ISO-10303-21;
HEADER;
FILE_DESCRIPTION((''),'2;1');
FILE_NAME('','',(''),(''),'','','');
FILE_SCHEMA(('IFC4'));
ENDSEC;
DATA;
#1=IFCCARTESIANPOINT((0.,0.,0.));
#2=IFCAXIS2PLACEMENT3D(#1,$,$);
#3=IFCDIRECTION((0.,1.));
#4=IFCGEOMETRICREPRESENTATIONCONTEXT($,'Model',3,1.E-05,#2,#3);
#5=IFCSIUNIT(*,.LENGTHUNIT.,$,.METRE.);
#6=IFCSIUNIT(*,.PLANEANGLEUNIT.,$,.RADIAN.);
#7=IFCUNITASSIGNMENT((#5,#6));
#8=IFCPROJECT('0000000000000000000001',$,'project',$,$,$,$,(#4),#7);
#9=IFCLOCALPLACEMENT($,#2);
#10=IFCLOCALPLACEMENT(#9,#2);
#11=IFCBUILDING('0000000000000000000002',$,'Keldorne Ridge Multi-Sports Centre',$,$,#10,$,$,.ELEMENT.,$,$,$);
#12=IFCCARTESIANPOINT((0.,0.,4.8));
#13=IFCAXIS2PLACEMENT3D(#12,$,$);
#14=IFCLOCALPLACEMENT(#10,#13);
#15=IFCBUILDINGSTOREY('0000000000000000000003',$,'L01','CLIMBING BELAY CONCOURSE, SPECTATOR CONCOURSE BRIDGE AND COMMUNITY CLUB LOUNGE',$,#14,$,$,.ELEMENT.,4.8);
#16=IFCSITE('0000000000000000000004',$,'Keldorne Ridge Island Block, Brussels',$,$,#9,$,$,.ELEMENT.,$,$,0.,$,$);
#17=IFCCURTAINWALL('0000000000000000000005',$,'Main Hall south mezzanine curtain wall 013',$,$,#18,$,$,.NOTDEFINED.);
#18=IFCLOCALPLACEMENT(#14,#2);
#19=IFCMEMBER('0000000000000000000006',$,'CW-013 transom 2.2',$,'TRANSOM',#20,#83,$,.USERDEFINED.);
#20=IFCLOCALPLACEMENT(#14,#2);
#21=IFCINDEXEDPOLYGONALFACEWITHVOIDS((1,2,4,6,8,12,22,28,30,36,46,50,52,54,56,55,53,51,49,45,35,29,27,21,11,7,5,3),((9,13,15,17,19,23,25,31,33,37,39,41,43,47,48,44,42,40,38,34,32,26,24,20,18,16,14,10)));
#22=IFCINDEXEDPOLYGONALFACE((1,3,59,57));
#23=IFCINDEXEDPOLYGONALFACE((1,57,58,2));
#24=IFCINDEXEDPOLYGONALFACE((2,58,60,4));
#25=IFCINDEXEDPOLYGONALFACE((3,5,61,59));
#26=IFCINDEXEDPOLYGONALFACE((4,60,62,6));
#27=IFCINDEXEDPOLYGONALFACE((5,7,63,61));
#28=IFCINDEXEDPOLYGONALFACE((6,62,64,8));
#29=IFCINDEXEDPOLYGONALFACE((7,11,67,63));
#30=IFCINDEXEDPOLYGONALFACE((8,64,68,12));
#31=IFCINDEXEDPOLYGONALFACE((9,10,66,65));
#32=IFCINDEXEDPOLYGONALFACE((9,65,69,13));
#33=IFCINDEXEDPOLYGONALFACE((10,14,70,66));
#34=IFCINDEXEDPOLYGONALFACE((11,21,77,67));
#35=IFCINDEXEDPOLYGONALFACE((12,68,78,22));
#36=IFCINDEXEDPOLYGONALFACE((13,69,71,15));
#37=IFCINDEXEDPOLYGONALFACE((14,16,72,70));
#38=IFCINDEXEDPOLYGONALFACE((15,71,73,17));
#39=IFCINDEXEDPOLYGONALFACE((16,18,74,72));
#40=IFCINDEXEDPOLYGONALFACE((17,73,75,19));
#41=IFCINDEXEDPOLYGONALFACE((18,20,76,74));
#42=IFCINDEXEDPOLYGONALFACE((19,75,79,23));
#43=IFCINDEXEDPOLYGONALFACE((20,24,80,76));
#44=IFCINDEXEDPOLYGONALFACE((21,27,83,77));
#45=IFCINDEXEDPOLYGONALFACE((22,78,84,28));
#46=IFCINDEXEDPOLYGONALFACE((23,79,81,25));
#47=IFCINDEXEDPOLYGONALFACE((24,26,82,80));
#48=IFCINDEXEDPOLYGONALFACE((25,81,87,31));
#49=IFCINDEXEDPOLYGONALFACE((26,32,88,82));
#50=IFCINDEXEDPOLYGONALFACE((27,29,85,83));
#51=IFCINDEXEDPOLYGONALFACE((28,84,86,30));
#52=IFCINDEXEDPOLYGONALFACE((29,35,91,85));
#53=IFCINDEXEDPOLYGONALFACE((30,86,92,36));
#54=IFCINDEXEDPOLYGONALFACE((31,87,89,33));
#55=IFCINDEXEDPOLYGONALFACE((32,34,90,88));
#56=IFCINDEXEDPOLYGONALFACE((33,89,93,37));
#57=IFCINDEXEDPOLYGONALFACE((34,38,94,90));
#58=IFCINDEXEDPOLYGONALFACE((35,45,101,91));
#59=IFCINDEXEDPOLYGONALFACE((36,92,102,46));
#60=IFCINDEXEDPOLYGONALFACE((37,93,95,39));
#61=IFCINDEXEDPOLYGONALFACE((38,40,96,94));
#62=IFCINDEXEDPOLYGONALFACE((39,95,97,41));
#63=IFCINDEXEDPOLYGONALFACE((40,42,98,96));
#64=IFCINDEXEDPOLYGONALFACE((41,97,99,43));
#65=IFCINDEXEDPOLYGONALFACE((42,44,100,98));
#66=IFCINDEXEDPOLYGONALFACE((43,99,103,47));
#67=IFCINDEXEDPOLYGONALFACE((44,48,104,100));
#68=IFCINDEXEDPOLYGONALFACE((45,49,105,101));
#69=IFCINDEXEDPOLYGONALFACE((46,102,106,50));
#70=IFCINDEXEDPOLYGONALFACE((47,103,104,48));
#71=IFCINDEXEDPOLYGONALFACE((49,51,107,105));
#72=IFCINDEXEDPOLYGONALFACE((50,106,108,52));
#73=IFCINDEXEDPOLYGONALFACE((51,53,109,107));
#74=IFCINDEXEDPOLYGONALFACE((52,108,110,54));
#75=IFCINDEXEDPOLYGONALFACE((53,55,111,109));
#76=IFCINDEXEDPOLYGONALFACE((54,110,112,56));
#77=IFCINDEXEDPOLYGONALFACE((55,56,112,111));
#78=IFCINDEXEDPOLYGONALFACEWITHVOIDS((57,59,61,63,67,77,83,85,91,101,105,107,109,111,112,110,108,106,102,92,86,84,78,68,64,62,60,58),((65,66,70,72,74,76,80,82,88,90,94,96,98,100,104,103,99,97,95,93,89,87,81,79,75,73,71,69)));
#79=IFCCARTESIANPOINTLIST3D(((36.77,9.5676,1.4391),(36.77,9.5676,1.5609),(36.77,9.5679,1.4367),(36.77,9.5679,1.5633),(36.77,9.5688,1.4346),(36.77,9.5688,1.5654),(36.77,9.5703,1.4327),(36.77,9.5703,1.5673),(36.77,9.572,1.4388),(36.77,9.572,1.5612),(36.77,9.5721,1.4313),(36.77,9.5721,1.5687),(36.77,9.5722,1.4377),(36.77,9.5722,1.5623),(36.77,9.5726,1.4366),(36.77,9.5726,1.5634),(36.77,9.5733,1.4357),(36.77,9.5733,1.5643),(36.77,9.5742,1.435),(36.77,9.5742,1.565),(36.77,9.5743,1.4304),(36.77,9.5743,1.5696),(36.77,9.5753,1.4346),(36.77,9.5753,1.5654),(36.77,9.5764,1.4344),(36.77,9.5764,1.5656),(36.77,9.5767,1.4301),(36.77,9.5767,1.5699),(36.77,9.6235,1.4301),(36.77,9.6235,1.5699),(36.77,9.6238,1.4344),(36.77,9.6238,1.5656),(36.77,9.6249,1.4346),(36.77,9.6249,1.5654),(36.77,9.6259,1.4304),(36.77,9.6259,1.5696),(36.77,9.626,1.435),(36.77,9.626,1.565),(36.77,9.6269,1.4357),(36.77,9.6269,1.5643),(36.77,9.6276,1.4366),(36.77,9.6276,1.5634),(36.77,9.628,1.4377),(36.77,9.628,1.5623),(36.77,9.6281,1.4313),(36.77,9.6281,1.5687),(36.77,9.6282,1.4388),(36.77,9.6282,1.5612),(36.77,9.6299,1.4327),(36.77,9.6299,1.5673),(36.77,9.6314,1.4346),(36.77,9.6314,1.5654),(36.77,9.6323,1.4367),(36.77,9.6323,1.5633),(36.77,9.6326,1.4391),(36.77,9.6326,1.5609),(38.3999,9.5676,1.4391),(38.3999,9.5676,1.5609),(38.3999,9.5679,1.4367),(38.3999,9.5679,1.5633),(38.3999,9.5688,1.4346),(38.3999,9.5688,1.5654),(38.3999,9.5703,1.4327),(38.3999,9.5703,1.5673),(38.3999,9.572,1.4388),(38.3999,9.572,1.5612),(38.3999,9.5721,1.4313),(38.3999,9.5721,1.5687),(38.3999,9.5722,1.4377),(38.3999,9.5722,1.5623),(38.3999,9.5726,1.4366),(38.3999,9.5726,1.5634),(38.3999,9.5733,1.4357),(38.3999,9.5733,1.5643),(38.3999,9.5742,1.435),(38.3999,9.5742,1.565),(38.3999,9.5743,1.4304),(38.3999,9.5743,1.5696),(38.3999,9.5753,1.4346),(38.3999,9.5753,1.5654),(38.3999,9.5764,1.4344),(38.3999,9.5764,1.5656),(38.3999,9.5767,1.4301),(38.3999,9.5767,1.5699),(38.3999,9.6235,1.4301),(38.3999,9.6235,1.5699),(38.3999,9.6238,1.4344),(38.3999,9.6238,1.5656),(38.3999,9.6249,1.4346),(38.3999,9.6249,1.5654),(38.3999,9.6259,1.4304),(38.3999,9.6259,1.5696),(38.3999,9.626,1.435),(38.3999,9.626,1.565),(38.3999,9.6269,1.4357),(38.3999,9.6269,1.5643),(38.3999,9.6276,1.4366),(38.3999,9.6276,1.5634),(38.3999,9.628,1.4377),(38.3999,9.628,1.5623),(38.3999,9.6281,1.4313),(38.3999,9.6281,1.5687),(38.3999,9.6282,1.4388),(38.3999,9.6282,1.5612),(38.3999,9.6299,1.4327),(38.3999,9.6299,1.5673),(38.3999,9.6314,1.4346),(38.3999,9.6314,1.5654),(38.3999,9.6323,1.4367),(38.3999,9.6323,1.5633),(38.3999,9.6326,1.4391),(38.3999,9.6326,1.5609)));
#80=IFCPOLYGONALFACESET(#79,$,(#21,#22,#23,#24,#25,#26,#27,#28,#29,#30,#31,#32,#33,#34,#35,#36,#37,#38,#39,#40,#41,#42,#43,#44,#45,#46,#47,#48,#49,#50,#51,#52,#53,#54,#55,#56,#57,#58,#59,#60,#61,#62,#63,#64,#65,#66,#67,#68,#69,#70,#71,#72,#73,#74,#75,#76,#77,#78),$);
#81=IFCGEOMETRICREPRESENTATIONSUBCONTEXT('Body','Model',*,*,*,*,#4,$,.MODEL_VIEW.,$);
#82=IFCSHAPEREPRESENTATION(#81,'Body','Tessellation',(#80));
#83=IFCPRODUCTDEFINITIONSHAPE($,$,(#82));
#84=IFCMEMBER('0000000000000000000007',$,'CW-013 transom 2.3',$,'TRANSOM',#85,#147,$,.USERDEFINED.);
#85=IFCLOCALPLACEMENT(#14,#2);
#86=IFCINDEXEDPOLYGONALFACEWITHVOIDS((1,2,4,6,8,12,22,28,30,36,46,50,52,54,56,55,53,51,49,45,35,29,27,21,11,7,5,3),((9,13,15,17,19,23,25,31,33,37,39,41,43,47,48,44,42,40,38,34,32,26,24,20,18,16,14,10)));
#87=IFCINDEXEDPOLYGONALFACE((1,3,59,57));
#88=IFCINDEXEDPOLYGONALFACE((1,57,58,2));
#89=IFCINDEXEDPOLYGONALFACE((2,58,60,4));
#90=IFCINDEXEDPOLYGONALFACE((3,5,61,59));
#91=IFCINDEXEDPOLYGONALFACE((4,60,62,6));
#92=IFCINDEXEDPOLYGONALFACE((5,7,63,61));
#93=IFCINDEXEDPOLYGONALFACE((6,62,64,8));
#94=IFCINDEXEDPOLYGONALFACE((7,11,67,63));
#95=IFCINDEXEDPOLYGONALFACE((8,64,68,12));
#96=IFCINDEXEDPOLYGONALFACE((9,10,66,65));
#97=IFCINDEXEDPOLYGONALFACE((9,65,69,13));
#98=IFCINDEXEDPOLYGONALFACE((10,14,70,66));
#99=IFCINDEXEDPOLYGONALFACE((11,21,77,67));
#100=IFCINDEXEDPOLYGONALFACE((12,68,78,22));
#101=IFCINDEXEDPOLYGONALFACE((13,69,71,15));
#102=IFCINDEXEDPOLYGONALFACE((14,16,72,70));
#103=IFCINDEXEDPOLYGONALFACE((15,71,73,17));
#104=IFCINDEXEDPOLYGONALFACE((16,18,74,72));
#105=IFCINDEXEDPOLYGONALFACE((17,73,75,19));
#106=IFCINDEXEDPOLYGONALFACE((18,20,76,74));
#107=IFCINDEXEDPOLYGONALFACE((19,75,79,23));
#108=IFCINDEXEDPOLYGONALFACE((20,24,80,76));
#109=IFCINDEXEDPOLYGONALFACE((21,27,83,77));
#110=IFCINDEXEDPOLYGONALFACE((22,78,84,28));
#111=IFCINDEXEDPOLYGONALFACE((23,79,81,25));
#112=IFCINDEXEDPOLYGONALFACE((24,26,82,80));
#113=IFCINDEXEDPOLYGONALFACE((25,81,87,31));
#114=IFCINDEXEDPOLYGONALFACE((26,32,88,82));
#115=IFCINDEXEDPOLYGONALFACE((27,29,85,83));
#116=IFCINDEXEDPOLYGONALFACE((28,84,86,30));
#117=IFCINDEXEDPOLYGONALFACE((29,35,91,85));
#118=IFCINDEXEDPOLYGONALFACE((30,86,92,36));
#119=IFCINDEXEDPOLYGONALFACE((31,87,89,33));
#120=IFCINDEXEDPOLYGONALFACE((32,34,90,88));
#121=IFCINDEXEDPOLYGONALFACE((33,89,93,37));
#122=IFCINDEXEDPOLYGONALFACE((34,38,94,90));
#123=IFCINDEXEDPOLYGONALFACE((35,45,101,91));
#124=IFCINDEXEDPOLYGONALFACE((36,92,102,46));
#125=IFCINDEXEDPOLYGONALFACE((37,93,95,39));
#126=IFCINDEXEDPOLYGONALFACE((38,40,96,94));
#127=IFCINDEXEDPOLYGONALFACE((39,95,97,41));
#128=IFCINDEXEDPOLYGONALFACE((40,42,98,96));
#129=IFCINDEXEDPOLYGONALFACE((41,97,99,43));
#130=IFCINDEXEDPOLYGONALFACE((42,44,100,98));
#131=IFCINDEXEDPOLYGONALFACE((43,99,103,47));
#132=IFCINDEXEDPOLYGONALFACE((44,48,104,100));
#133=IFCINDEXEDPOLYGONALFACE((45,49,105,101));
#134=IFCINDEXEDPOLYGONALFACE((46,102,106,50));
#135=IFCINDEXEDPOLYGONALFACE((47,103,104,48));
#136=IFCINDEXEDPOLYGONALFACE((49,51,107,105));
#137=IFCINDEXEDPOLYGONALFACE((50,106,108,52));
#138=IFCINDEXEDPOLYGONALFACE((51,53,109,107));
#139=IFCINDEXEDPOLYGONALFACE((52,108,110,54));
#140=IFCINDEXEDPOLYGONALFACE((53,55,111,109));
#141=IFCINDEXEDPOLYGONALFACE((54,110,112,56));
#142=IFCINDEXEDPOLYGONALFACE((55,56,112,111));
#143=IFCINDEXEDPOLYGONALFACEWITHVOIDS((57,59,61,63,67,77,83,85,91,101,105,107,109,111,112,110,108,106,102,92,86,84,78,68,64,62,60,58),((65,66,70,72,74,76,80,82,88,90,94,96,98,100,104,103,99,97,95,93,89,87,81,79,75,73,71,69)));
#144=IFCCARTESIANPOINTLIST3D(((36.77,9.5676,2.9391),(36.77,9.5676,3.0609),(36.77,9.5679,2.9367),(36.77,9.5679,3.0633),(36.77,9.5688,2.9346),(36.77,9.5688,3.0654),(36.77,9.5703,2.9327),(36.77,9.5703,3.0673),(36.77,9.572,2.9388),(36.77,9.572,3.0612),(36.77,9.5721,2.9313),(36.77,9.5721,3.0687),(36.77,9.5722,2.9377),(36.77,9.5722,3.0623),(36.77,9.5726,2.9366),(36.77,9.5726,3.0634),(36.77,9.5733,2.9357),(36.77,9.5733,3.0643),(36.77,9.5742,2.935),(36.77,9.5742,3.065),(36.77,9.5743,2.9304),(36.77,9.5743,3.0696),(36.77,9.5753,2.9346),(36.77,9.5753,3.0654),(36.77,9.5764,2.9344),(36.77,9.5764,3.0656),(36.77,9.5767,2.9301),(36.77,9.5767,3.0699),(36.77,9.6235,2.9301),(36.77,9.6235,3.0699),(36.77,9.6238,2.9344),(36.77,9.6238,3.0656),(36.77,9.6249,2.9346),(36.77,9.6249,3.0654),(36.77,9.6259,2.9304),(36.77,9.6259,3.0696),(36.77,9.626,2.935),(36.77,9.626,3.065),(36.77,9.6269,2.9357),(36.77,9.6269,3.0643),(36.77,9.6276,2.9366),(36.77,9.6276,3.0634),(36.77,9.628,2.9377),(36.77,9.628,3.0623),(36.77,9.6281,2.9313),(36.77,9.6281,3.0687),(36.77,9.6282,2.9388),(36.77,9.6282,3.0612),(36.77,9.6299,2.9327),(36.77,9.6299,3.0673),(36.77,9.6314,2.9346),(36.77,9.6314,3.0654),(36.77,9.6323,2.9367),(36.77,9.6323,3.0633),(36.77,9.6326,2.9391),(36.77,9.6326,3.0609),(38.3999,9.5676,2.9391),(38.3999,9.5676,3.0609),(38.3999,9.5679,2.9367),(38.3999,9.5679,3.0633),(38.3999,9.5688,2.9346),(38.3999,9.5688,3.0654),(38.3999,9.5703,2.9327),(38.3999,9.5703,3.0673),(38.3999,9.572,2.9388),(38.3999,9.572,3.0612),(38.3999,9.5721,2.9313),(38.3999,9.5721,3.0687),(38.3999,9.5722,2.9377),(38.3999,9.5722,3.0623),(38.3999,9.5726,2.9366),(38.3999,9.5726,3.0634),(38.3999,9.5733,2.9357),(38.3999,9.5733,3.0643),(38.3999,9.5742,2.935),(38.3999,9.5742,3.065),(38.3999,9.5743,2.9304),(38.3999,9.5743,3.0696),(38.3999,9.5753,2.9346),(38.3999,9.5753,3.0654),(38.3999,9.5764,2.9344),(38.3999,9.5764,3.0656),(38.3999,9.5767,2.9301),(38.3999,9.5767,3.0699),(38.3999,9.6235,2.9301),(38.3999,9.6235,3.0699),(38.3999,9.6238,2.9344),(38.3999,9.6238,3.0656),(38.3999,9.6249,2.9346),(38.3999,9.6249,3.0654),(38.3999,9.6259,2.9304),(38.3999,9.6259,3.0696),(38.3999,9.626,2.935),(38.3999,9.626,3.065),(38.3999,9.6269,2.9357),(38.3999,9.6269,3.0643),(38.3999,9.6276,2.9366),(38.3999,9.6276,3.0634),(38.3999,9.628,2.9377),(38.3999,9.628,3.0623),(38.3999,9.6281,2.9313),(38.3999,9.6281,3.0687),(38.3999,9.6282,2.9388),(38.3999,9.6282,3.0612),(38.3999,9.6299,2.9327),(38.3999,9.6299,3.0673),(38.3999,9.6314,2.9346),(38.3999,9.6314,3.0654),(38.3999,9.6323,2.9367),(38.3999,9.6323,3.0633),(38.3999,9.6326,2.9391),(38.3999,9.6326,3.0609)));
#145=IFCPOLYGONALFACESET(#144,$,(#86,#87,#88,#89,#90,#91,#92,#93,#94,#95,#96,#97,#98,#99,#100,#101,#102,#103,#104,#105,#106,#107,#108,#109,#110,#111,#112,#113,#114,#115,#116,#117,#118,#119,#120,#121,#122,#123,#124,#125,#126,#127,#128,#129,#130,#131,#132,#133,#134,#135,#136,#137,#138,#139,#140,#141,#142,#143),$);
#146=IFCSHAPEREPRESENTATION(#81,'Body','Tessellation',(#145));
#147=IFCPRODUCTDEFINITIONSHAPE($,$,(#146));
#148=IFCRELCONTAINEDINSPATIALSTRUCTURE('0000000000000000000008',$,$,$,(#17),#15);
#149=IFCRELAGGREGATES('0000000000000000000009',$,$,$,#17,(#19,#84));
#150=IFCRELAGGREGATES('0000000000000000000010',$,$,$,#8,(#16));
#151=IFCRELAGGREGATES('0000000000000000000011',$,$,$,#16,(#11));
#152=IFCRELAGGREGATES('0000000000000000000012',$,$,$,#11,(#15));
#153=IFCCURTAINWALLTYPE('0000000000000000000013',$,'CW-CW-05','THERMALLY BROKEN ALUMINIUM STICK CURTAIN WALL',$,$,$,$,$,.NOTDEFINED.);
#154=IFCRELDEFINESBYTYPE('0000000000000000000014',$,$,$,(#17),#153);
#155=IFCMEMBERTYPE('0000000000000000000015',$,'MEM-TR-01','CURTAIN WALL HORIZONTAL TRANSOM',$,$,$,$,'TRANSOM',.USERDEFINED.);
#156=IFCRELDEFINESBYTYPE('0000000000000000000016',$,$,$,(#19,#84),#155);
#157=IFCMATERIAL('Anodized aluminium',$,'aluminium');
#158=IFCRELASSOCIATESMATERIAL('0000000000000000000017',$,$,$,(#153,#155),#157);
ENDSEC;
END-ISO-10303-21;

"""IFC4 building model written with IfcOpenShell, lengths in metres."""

from ifc_helpers import new_model, si_unit, direction, frame, origin, origin_2d, place, context, subcontext, project, spatial, hollow_rectangle, extrude, material, material_profile, profile_set, type_object, element, aggregate, save


model = new_model("IFC4")

# Units and contexts
model_context = context("Model", 3, precision=1e-05, world=origin(), true_north=direction((0.0, 1.0)))
body_context = subcontext(model_context, "Body", "Model", "MODEL_VIEW")
ifc_project = project(units=[si_unit("LENGTHUNIT", "METRE"), si_unit("PLANEANGLEUNIT", "RADIAN")], contexts=[model_context])

# Site, building, storey
site_placement = place(None, origin())
site = spatial("IfcSite", under=ifc_project, at=site_placement, Name="Keldorne Ridge Island Block, Brussels", CompositionType="ELEMENT", RefElevation=0.0)
building_placement = place(site_placement, origin())
building = spatial("IfcBuilding", under=site, at=building_placement, Name="Keldorne Ridge Multi-Sports Centre", CompositionType="ELEMENT")
storey_placement = place(building_placement, frame((0.0, 0.0, 4.8)))
storey = spatial("IfcBuildingStorey", under=building, at=storey_placement, Name="L01", Description="CLIMBING BELAY CONCOURSE, SPECTATOR CONCOURSE BRIDGE AND COMMUNITY CLUB LOUNGE", CompositionType="ELEMENT", Elevation=4.8)

# Curtain wall, members
ifc_material_1 = material(Name="Anodized aluminium", Category="aluminium")
curtain_wall_type = type_object("IfcCurtainWallType", Name="CW-CW-05", Description="THERMALLY BROKEN ALUMINIUM STICK CURTAIN WALL", PredefinedType="NOTDEFINED", material=ifc_material_1)
curtain_wall_placement = place(storey_placement, origin())
curtain_wall = element("IfcCurtainWall", 1, at=curtain_wall_placement, inside=storey, type_object=curtain_wall_type, Name="Main Hall south mezzanine curtain wall 013", PredefinedType="NOTDEFINED")
ifc_material_profile_1 = material_profile(ifc_material_1, hollow_rectangle(XDim=0.0649, YDim=0.1399, WallThickness=0.0044, InnerFilletRadius=0.0044, OuterFilletRadius=0.009, at=origin_2d()), Name="ALU TRANSOM 140x65x4.5")
ifc_profile_set_1 = profile_set([ifc_material_profile_1], Name="Anodized aluminium")
member_type_1 = type_object("IfcMemberType", Name="MEM-TR-01", Description="CURTAIN WALL HORIZONTAL TRANSOM", ElementType="TRANSOM", PredefinedType="USERDEFINED", material=ifc_profile_set_1)
member_1_placement = place(storey_placement, frame((36.77, 9.6001, 1.5), z_axis=(1.0, 0.0, 0.0), x_axis=(0.0, 1.0, 0.0)))
member_1 = element("IfcMember", 2, at=member_1_placement, type_object=member_type_1, Name="CW-013 transom 2.2", ObjectType="TRANSOM", PredefinedType="USERDEFINED", context=body_context, shape_type="SweptSolid", body=[
    extrude(hollow_rectangle(XDim=0.0649, YDim=0.1399, WallThickness=0.0044, InnerFilletRadius=0.0044, OuterFilletRadius=0.009, at=origin_2d()), origin(), (0.0, 0.0, 1.0), 1.6299),
])
member_2_placement = place(storey_placement, frame((36.77, 9.6001, 3.0), z_axis=(1.0, 0.0, 0.0), x_axis=(0.0, 1.0, 0.0)))
member_2 = element("IfcMember", 3, at=member_2_placement, type_object=member_type_1, Name="CW-013 transom 2.3", ObjectType="TRANSOM", PredefinedType="USERDEFINED", context=body_context, shape_type="SweptSolid", body=[
    extrude(hollow_rectangle(XDim=0.0649, YDim=0.1399, WallThickness=0.0044, InnerFilletRadius=0.0044, OuterFilletRadius=0.009, at=origin_2d()), origin(), (0.0, 0.0, 1.0), 1.6299),
])
aggregate(curtain_wall, [member_1, member_2])

save(model, "model.ifc")
